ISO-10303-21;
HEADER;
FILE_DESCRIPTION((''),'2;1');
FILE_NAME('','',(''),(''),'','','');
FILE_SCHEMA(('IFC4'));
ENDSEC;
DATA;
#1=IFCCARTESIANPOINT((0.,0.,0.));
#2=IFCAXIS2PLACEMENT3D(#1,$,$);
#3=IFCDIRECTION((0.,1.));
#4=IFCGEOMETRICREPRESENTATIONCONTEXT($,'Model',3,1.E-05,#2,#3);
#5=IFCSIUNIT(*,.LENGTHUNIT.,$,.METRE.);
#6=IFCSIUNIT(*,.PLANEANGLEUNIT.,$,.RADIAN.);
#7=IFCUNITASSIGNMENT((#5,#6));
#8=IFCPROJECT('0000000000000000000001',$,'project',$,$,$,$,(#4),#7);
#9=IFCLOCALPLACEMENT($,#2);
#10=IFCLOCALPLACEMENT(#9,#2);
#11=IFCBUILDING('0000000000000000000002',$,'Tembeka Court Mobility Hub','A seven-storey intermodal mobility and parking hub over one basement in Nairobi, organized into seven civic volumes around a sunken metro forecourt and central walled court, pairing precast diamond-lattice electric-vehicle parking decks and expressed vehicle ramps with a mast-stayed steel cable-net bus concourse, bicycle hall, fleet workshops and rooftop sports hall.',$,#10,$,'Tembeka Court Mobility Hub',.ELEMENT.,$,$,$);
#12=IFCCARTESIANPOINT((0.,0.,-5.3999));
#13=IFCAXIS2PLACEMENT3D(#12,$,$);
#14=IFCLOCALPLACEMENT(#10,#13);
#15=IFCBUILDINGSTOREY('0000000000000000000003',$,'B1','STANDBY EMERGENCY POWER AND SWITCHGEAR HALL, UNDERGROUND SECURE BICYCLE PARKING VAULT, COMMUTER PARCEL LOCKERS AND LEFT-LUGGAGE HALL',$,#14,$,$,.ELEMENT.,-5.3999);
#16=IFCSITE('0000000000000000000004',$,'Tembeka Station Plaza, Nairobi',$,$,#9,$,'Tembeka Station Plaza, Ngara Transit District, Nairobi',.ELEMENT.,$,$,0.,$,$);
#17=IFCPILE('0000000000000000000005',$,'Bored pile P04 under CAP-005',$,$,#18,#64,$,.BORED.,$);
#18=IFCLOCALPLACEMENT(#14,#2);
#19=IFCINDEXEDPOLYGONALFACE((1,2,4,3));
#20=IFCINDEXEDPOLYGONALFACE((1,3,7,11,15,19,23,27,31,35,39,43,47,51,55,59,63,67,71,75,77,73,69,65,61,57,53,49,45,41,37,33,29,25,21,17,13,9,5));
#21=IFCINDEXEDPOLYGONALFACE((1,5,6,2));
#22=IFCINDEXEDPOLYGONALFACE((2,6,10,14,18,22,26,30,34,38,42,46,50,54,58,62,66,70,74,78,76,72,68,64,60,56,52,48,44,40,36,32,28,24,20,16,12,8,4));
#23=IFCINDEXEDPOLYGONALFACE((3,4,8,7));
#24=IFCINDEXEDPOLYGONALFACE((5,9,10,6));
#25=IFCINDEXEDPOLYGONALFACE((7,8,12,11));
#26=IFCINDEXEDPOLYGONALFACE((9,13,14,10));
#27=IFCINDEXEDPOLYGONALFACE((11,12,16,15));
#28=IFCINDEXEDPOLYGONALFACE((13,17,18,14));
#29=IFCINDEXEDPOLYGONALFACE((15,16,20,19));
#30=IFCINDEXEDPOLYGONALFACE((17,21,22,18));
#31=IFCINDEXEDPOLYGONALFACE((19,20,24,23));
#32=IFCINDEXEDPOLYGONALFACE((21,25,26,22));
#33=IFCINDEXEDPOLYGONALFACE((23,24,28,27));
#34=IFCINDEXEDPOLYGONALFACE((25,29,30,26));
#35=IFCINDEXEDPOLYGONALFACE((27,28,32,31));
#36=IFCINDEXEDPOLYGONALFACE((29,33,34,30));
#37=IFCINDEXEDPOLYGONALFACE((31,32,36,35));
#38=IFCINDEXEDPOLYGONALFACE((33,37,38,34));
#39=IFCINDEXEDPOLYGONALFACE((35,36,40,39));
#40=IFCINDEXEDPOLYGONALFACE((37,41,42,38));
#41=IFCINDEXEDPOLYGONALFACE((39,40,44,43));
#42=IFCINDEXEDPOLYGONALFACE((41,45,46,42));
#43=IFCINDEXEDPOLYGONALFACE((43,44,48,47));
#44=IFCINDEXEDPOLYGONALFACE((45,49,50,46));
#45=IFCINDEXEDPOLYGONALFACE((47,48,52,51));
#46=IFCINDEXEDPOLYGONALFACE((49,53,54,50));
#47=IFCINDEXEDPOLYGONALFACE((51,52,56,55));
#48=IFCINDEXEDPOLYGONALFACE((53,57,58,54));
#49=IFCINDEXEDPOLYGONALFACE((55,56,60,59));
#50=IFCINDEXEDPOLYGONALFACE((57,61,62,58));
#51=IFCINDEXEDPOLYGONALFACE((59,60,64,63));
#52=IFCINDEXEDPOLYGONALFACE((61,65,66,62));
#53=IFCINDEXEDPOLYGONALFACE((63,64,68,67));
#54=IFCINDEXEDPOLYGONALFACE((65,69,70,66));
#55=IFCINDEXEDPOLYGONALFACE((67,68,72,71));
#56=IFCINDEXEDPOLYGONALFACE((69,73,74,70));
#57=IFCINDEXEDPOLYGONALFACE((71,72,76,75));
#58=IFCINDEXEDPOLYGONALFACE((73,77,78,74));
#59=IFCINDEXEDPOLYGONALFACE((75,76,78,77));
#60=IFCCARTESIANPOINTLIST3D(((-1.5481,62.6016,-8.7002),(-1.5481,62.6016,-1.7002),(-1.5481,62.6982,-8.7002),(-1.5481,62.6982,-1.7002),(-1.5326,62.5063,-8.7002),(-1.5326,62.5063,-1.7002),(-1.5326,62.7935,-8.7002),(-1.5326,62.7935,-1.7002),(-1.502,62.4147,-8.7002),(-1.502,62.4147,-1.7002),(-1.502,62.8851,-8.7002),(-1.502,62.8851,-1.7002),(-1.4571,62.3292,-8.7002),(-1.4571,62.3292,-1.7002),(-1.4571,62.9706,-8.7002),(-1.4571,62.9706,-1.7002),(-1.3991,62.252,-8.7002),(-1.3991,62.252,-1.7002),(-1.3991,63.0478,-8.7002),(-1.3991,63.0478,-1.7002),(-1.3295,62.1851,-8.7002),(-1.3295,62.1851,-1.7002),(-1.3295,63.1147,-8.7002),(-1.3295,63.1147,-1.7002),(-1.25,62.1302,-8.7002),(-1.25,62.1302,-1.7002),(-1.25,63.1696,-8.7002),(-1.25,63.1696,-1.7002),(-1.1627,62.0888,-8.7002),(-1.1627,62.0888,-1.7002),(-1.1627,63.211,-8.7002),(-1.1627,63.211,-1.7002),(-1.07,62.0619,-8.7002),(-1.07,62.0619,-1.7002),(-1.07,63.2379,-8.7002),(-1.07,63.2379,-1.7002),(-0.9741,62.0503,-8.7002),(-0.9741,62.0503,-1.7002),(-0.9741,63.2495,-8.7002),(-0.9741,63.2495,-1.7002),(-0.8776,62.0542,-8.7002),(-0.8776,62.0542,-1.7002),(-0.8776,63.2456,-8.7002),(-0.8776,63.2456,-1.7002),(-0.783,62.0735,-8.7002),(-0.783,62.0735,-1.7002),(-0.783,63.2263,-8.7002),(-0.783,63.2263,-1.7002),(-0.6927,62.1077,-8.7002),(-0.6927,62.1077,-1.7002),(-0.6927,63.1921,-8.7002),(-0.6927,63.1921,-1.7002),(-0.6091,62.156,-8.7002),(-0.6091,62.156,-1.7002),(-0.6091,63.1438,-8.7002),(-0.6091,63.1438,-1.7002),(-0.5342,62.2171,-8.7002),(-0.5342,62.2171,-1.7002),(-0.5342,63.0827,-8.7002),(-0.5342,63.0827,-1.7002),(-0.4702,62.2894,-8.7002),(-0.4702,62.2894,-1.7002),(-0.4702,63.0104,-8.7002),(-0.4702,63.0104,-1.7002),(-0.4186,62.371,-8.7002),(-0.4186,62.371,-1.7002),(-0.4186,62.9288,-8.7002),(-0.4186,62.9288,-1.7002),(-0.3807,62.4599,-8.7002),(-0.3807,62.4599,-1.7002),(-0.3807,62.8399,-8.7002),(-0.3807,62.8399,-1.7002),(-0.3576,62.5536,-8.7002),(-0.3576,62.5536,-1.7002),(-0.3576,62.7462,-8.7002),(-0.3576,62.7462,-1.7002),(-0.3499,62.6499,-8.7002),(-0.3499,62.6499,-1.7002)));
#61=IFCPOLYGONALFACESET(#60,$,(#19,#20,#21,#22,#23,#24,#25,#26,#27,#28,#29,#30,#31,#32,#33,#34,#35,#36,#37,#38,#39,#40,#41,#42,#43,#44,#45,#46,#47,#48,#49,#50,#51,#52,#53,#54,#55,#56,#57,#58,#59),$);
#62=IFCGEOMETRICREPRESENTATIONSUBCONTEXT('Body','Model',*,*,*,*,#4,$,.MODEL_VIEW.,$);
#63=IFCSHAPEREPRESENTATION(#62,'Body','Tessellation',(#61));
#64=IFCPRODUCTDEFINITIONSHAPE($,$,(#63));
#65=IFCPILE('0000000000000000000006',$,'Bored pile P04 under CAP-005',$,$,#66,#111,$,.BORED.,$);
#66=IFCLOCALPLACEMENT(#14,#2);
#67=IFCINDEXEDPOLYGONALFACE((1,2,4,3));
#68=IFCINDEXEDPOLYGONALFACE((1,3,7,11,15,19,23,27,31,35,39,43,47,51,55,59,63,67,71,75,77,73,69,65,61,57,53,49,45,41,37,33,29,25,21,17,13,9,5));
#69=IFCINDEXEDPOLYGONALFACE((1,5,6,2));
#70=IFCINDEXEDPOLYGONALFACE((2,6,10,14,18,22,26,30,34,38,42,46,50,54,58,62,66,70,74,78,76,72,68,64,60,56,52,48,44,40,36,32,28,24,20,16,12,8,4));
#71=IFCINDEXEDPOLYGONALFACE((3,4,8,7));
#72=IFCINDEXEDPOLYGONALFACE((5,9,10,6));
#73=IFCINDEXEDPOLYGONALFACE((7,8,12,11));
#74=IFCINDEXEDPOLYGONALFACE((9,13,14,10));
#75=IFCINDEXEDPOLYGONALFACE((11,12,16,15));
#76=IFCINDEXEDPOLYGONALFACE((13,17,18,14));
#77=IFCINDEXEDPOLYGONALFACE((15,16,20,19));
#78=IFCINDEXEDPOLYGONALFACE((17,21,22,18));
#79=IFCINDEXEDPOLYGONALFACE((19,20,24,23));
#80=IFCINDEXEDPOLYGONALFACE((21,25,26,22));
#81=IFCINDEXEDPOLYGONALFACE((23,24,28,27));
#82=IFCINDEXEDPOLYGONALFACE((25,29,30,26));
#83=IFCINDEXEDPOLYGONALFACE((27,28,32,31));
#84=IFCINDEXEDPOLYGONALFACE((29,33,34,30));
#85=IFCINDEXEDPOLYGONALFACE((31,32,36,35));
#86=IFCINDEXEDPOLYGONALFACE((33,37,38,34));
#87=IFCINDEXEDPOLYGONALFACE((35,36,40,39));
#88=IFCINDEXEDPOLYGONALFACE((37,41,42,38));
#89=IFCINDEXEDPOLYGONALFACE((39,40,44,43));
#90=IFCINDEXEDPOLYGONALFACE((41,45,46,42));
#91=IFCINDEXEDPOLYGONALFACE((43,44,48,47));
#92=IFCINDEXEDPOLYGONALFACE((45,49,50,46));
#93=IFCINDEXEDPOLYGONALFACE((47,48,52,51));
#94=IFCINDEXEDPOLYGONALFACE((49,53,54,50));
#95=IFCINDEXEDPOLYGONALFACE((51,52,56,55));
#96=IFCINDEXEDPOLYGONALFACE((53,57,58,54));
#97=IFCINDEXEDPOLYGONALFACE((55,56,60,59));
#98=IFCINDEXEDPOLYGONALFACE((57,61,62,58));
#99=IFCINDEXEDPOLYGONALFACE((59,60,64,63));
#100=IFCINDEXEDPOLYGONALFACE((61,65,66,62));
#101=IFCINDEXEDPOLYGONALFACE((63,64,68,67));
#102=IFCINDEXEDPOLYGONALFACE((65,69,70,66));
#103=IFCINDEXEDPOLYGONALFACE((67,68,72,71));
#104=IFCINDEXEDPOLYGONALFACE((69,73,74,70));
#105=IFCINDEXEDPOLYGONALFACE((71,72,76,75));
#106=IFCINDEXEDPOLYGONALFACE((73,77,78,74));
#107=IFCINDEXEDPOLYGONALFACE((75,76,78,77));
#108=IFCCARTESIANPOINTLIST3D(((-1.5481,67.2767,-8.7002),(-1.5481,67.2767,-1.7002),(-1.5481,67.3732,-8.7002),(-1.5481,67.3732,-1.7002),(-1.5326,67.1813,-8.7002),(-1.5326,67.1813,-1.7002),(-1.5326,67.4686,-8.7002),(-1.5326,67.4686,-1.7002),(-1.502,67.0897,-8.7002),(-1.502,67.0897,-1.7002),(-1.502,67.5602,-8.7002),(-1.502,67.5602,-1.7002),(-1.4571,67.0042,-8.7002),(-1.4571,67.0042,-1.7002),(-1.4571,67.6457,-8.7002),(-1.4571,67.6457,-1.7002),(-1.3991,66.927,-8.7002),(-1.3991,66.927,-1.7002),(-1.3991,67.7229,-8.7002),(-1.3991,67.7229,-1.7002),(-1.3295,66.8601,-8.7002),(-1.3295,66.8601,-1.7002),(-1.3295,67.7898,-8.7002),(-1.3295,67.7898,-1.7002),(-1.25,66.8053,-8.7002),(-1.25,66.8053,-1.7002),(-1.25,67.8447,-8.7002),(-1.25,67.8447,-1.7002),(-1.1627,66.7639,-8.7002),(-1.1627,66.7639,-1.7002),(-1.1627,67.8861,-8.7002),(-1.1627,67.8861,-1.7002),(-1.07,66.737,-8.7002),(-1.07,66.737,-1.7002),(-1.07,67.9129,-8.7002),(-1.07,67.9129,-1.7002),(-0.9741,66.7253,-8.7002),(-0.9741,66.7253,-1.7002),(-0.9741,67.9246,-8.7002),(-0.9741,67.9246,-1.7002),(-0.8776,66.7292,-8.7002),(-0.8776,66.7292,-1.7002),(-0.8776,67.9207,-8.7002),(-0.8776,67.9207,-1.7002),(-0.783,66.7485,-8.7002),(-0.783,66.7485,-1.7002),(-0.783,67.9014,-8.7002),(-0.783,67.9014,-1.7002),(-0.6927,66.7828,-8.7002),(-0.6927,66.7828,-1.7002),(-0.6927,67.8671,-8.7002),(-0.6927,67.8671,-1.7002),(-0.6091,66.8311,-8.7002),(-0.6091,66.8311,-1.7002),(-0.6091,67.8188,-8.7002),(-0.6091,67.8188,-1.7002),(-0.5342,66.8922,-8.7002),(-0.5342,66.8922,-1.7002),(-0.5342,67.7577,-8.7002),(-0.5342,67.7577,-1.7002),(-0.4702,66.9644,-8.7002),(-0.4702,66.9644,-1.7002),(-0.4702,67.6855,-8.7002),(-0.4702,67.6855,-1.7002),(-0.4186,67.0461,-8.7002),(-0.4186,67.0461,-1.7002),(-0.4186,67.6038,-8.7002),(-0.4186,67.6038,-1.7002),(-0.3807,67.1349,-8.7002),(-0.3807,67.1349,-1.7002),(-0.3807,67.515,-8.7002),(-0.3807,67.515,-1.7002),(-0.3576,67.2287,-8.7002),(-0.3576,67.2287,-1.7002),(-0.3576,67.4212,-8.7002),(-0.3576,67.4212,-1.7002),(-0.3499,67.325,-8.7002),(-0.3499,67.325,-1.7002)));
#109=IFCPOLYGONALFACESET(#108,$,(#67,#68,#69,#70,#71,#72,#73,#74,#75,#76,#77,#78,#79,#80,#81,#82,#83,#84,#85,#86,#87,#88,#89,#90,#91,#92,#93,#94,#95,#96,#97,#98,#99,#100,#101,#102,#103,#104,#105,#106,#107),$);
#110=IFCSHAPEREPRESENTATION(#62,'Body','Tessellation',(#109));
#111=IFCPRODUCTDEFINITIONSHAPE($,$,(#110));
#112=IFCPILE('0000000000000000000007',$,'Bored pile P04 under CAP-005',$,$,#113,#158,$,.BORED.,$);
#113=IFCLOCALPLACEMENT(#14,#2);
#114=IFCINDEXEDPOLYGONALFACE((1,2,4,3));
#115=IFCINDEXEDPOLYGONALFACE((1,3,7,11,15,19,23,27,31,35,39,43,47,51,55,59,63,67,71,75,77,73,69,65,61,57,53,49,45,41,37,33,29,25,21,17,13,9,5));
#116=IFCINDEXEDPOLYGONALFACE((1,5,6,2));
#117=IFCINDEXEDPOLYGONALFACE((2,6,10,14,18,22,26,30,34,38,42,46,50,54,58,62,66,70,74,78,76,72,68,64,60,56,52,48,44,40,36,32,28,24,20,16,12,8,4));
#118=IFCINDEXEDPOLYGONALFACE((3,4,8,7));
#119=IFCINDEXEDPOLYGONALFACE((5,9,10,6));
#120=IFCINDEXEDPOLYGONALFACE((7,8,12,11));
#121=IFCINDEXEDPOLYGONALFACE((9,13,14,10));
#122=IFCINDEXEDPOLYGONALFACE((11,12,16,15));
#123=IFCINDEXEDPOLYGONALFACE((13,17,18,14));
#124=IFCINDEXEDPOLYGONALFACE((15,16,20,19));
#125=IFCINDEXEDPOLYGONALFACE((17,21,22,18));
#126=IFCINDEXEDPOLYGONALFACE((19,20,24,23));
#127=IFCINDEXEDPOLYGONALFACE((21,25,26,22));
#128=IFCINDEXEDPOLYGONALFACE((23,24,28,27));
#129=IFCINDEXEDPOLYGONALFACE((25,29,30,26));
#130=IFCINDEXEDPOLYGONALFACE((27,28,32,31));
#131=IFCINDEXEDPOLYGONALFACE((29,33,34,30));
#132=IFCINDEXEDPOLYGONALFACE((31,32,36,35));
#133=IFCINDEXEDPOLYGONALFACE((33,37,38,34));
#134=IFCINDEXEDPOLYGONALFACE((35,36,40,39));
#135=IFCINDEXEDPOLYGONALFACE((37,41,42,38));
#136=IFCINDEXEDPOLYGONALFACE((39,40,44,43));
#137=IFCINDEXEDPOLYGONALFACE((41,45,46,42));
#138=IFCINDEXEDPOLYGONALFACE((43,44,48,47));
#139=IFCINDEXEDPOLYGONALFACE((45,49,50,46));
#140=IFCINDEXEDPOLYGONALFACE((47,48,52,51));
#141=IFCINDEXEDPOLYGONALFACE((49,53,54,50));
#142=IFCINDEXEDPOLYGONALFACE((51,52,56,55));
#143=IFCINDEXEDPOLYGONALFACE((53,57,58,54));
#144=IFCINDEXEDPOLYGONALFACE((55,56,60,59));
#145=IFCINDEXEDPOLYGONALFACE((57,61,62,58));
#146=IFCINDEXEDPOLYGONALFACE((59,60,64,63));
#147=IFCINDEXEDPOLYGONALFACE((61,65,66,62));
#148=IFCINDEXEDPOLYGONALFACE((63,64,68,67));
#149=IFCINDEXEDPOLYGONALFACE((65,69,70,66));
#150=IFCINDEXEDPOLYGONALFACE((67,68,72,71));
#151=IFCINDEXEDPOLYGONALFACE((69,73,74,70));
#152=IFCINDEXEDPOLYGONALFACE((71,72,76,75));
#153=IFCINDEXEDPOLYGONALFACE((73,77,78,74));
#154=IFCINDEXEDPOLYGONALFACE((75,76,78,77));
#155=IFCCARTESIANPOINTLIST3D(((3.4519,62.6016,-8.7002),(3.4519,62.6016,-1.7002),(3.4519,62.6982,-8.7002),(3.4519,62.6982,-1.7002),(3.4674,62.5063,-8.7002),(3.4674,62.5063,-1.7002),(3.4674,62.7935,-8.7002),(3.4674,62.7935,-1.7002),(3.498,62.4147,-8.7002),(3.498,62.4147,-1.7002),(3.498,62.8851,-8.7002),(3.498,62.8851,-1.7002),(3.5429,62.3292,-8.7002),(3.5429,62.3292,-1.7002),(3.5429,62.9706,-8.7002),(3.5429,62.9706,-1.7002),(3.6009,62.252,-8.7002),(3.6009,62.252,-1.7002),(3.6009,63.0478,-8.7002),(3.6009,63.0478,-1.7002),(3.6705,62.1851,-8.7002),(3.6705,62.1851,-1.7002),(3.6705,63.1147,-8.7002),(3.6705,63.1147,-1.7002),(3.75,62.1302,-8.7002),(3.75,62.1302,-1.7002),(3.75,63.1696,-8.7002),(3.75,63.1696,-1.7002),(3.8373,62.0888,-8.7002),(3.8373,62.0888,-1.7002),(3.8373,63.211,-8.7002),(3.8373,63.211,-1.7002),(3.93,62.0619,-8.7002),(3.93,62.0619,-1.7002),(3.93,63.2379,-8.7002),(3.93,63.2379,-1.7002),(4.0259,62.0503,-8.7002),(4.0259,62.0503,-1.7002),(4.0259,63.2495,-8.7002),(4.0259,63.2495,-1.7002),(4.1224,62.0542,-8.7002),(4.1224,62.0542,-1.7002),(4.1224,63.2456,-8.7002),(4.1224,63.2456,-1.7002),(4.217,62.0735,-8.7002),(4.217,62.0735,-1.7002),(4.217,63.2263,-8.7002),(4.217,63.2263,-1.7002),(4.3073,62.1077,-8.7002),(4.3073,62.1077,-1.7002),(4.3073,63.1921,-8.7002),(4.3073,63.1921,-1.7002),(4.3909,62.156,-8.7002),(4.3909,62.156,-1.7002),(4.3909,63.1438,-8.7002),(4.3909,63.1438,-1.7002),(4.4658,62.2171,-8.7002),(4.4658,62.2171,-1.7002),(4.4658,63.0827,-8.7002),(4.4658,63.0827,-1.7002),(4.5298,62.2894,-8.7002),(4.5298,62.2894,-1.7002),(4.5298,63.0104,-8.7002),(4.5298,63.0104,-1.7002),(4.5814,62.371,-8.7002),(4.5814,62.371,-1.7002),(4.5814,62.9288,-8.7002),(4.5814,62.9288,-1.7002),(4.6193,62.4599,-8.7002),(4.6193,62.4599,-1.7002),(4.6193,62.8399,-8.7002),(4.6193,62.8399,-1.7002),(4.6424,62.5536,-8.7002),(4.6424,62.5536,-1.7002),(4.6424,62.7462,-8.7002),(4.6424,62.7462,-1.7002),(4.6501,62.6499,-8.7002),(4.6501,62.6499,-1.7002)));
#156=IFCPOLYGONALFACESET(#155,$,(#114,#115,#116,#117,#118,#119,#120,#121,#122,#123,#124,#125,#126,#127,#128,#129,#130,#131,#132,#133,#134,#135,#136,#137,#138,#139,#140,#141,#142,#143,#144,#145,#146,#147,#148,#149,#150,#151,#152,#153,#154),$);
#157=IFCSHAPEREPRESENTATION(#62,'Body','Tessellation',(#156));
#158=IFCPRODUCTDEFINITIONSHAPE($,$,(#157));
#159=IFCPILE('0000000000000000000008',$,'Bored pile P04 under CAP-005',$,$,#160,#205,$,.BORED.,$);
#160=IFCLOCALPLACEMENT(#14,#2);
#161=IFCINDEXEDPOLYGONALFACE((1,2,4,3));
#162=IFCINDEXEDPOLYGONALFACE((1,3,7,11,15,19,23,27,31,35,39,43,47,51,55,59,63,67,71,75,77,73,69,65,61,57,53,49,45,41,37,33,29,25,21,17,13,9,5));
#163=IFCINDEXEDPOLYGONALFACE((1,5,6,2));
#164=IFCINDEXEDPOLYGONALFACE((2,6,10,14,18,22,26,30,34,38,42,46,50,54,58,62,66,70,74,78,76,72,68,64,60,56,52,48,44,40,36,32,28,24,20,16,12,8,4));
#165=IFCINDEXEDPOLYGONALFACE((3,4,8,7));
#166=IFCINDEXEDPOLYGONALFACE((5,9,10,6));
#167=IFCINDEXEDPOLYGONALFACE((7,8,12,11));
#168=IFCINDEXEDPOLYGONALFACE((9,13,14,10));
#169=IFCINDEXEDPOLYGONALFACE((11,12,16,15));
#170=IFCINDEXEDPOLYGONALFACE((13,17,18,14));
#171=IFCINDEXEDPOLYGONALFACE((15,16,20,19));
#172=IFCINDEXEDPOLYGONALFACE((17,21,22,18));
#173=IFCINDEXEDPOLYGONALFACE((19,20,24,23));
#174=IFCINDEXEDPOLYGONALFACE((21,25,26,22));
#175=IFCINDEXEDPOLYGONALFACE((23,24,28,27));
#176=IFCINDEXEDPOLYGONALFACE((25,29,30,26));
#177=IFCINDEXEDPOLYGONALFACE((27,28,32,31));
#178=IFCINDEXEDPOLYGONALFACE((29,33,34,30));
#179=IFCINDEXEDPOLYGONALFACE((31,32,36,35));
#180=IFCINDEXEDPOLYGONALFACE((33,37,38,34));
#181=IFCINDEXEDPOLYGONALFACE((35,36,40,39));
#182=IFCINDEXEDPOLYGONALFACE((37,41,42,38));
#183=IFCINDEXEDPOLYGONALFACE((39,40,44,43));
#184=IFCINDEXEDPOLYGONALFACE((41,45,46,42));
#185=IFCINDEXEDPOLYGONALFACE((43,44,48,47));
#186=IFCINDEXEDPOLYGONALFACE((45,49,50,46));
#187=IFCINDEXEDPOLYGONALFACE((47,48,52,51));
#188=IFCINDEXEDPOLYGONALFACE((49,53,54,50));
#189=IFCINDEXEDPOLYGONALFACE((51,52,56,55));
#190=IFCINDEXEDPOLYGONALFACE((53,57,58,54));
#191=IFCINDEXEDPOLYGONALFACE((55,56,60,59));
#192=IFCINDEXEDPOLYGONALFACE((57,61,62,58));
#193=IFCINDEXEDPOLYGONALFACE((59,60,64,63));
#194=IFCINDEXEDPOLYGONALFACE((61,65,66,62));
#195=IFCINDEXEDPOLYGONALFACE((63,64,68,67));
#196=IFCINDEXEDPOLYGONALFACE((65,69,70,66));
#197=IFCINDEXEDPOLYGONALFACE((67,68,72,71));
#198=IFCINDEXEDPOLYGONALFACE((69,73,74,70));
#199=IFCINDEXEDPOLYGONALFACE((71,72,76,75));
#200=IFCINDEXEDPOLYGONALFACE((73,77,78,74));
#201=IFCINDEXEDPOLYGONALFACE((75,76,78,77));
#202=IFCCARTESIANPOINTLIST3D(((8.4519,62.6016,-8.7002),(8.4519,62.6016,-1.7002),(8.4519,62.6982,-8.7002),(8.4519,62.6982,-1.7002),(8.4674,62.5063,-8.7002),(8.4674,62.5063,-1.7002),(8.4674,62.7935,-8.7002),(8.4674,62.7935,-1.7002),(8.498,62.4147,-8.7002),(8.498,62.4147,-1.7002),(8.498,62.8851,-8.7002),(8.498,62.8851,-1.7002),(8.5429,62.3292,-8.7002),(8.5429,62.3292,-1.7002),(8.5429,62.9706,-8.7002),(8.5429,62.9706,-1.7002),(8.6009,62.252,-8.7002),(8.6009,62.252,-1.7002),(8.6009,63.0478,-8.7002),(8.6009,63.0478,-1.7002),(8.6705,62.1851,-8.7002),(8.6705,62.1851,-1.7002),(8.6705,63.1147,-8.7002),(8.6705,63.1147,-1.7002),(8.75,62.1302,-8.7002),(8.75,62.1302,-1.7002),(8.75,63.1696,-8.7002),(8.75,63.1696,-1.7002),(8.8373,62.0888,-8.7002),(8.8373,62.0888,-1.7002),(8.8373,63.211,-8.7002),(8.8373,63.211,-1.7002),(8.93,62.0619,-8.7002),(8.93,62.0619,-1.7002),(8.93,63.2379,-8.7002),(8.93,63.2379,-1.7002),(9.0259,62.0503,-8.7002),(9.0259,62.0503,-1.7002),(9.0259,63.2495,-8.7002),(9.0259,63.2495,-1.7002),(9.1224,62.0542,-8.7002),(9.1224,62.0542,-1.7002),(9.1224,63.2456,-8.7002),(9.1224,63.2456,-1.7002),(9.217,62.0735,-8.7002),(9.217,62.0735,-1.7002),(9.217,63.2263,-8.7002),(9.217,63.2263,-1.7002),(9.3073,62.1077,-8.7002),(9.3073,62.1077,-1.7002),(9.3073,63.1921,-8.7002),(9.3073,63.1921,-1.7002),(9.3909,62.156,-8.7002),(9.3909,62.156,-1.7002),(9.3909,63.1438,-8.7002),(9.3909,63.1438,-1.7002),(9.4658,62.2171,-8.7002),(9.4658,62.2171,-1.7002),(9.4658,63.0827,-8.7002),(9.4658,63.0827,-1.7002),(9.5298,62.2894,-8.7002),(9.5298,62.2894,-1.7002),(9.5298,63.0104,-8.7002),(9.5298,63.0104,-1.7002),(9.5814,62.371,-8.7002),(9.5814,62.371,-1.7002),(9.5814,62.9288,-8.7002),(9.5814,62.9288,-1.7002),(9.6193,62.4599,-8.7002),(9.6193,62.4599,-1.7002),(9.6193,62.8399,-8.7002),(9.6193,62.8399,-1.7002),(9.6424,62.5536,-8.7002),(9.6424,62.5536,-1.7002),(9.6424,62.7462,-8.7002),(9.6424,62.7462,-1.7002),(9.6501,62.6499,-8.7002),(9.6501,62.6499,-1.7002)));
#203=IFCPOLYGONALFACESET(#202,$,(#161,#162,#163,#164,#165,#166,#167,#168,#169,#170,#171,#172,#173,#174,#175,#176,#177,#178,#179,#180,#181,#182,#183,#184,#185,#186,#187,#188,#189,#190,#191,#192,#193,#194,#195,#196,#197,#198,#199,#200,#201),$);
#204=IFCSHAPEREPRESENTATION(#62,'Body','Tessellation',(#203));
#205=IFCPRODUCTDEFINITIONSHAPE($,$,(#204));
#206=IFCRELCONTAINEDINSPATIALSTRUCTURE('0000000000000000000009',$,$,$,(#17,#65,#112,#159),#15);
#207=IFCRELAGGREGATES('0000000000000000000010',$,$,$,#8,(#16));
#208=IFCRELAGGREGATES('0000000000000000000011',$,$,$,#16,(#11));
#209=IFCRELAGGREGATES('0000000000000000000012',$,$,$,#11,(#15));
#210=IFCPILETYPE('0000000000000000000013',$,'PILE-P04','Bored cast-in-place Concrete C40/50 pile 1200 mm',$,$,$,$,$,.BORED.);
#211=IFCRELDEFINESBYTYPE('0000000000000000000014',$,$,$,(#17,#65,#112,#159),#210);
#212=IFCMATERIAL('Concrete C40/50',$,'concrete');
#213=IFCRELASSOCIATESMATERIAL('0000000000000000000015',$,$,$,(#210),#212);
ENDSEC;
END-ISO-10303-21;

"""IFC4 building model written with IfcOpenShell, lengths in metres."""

from ifc_helpers import new_model, si_unit, direction, frame, origin, origin_2d, place, context, subcontext, project, spatial, circle, extrude, material, material_profile, profile_set, type_object, element, save


model = new_model("IFC4")

# Units and contexts
model_context = context("Model", 3, precision=1e-05, world=origin(), true_north=direction((0.0, 1.0)))
body_context = subcontext(model_context, "Body", "Model", "MODEL_VIEW")
ifc_project = project(units=[si_unit("LENGTHUNIT", "METRE"), si_unit("PLANEANGLEUNIT", "RADIAN")], contexts=[model_context])

# Site, building, storey
site_placement = place(None, origin())
site = spatial("IfcSite", under=ifc_project, at=site_placement, Name="Tembeka Station Plaza, Nairobi", LongName="Tembeka Station Plaza, Ngara Transit District, Nairobi", CompositionType="ELEMENT", RefElevation=0.0)
building_placement = place(site_placement, origin())
building = spatial("IfcBuilding", under=site, at=building_placement, Name="Tembeka Court Mobility Hub", Description="A seven-storey intermodal mobility and parking hub over one basement in Nairobi, organized into seven civic volumes around a sunken metro forecourt and central walled court, pairing precast diamond-lattice electric-vehicle parking decks and expressed vehicle ramps with a mast-stayed steel cable-net bus concourse, bicycle hall, fleet workshops and rooftop sports hall.", LongName="Tembeka Court Mobility Hub", CompositionType="ELEMENT")
storey_placement = place(building_placement, frame((0.0, 0.0, -5.3999)))
storey = spatial("IfcBuildingStorey", under=building, at=storey_placement, Name="B1", Description="STANDBY EMERGENCY POWER AND SWITCHGEAR HALL, UNDERGROUND SECURE BICYCLE PARKING VAULT, COMMUTER PARCEL LOCKERS AND LEFT-LUGGAGE HALL", CompositionType="ELEMENT", Elevation=-5.3999)

# Shared definitions
ifc_material_1 = material(Name="Concrete C40/50", Category="concrete")

# Piles
ifc_material_profile_1 = material_profile(ifc_material_1, circle(Radius=0.6001, at=origin_2d()), Name="PILE D1200")
ifc_profile_set_1 = profile_set([ifc_material_profile_1], Name="Concrete C40/50")
pile_type = type_object("IfcPileType", Name="PILE-P04", Description="Bored cast-in-place Concrete C40/50 pile 1200 mm", PredefinedType="BORED", material=ifc_profile_set_1)
for number, where, z_axis, x_axis, name in (
    (1, (-0.95, 62.6499, -1.7002), (0.0, 0.0, -1.0), (1.0, 0.0, 0.0), "Bored pile P04 under CAP-005"),
    (2, (-0.95, 67.325, -1.7002), (0.0, 0.0, -1.0), (1.0, 0.0, 0.0), "Bored pile P04 under CAP-005"),
    (3, (4.05, 62.6499, -1.7002), (0.0, 0.0, -1.0), (1.0, 0.0, 0.0), "Bored pile P04 under CAP-005"),
    (4, (9.05, 62.6499, -1.7002), (0.0, 0.0, -1.0), (1.0, 0.0, 0.0), "Bored pile P04 under CAP-005"),
):
    element("IfcPile", number, at=place(storey_placement, frame(where, z_axis=z_axis, x_axis=x_axis)), inside=storey, type_object=pile_type, Name=name, PredefinedType="BORED", context=body_context, shape_type="SweptSolid", body=[
        extrude(circle(Radius=0.6001, at=origin_2d()), origin(), (0.0, 0.0, 1.0), 7.0),
    ])

save(model, "model.ifc")
